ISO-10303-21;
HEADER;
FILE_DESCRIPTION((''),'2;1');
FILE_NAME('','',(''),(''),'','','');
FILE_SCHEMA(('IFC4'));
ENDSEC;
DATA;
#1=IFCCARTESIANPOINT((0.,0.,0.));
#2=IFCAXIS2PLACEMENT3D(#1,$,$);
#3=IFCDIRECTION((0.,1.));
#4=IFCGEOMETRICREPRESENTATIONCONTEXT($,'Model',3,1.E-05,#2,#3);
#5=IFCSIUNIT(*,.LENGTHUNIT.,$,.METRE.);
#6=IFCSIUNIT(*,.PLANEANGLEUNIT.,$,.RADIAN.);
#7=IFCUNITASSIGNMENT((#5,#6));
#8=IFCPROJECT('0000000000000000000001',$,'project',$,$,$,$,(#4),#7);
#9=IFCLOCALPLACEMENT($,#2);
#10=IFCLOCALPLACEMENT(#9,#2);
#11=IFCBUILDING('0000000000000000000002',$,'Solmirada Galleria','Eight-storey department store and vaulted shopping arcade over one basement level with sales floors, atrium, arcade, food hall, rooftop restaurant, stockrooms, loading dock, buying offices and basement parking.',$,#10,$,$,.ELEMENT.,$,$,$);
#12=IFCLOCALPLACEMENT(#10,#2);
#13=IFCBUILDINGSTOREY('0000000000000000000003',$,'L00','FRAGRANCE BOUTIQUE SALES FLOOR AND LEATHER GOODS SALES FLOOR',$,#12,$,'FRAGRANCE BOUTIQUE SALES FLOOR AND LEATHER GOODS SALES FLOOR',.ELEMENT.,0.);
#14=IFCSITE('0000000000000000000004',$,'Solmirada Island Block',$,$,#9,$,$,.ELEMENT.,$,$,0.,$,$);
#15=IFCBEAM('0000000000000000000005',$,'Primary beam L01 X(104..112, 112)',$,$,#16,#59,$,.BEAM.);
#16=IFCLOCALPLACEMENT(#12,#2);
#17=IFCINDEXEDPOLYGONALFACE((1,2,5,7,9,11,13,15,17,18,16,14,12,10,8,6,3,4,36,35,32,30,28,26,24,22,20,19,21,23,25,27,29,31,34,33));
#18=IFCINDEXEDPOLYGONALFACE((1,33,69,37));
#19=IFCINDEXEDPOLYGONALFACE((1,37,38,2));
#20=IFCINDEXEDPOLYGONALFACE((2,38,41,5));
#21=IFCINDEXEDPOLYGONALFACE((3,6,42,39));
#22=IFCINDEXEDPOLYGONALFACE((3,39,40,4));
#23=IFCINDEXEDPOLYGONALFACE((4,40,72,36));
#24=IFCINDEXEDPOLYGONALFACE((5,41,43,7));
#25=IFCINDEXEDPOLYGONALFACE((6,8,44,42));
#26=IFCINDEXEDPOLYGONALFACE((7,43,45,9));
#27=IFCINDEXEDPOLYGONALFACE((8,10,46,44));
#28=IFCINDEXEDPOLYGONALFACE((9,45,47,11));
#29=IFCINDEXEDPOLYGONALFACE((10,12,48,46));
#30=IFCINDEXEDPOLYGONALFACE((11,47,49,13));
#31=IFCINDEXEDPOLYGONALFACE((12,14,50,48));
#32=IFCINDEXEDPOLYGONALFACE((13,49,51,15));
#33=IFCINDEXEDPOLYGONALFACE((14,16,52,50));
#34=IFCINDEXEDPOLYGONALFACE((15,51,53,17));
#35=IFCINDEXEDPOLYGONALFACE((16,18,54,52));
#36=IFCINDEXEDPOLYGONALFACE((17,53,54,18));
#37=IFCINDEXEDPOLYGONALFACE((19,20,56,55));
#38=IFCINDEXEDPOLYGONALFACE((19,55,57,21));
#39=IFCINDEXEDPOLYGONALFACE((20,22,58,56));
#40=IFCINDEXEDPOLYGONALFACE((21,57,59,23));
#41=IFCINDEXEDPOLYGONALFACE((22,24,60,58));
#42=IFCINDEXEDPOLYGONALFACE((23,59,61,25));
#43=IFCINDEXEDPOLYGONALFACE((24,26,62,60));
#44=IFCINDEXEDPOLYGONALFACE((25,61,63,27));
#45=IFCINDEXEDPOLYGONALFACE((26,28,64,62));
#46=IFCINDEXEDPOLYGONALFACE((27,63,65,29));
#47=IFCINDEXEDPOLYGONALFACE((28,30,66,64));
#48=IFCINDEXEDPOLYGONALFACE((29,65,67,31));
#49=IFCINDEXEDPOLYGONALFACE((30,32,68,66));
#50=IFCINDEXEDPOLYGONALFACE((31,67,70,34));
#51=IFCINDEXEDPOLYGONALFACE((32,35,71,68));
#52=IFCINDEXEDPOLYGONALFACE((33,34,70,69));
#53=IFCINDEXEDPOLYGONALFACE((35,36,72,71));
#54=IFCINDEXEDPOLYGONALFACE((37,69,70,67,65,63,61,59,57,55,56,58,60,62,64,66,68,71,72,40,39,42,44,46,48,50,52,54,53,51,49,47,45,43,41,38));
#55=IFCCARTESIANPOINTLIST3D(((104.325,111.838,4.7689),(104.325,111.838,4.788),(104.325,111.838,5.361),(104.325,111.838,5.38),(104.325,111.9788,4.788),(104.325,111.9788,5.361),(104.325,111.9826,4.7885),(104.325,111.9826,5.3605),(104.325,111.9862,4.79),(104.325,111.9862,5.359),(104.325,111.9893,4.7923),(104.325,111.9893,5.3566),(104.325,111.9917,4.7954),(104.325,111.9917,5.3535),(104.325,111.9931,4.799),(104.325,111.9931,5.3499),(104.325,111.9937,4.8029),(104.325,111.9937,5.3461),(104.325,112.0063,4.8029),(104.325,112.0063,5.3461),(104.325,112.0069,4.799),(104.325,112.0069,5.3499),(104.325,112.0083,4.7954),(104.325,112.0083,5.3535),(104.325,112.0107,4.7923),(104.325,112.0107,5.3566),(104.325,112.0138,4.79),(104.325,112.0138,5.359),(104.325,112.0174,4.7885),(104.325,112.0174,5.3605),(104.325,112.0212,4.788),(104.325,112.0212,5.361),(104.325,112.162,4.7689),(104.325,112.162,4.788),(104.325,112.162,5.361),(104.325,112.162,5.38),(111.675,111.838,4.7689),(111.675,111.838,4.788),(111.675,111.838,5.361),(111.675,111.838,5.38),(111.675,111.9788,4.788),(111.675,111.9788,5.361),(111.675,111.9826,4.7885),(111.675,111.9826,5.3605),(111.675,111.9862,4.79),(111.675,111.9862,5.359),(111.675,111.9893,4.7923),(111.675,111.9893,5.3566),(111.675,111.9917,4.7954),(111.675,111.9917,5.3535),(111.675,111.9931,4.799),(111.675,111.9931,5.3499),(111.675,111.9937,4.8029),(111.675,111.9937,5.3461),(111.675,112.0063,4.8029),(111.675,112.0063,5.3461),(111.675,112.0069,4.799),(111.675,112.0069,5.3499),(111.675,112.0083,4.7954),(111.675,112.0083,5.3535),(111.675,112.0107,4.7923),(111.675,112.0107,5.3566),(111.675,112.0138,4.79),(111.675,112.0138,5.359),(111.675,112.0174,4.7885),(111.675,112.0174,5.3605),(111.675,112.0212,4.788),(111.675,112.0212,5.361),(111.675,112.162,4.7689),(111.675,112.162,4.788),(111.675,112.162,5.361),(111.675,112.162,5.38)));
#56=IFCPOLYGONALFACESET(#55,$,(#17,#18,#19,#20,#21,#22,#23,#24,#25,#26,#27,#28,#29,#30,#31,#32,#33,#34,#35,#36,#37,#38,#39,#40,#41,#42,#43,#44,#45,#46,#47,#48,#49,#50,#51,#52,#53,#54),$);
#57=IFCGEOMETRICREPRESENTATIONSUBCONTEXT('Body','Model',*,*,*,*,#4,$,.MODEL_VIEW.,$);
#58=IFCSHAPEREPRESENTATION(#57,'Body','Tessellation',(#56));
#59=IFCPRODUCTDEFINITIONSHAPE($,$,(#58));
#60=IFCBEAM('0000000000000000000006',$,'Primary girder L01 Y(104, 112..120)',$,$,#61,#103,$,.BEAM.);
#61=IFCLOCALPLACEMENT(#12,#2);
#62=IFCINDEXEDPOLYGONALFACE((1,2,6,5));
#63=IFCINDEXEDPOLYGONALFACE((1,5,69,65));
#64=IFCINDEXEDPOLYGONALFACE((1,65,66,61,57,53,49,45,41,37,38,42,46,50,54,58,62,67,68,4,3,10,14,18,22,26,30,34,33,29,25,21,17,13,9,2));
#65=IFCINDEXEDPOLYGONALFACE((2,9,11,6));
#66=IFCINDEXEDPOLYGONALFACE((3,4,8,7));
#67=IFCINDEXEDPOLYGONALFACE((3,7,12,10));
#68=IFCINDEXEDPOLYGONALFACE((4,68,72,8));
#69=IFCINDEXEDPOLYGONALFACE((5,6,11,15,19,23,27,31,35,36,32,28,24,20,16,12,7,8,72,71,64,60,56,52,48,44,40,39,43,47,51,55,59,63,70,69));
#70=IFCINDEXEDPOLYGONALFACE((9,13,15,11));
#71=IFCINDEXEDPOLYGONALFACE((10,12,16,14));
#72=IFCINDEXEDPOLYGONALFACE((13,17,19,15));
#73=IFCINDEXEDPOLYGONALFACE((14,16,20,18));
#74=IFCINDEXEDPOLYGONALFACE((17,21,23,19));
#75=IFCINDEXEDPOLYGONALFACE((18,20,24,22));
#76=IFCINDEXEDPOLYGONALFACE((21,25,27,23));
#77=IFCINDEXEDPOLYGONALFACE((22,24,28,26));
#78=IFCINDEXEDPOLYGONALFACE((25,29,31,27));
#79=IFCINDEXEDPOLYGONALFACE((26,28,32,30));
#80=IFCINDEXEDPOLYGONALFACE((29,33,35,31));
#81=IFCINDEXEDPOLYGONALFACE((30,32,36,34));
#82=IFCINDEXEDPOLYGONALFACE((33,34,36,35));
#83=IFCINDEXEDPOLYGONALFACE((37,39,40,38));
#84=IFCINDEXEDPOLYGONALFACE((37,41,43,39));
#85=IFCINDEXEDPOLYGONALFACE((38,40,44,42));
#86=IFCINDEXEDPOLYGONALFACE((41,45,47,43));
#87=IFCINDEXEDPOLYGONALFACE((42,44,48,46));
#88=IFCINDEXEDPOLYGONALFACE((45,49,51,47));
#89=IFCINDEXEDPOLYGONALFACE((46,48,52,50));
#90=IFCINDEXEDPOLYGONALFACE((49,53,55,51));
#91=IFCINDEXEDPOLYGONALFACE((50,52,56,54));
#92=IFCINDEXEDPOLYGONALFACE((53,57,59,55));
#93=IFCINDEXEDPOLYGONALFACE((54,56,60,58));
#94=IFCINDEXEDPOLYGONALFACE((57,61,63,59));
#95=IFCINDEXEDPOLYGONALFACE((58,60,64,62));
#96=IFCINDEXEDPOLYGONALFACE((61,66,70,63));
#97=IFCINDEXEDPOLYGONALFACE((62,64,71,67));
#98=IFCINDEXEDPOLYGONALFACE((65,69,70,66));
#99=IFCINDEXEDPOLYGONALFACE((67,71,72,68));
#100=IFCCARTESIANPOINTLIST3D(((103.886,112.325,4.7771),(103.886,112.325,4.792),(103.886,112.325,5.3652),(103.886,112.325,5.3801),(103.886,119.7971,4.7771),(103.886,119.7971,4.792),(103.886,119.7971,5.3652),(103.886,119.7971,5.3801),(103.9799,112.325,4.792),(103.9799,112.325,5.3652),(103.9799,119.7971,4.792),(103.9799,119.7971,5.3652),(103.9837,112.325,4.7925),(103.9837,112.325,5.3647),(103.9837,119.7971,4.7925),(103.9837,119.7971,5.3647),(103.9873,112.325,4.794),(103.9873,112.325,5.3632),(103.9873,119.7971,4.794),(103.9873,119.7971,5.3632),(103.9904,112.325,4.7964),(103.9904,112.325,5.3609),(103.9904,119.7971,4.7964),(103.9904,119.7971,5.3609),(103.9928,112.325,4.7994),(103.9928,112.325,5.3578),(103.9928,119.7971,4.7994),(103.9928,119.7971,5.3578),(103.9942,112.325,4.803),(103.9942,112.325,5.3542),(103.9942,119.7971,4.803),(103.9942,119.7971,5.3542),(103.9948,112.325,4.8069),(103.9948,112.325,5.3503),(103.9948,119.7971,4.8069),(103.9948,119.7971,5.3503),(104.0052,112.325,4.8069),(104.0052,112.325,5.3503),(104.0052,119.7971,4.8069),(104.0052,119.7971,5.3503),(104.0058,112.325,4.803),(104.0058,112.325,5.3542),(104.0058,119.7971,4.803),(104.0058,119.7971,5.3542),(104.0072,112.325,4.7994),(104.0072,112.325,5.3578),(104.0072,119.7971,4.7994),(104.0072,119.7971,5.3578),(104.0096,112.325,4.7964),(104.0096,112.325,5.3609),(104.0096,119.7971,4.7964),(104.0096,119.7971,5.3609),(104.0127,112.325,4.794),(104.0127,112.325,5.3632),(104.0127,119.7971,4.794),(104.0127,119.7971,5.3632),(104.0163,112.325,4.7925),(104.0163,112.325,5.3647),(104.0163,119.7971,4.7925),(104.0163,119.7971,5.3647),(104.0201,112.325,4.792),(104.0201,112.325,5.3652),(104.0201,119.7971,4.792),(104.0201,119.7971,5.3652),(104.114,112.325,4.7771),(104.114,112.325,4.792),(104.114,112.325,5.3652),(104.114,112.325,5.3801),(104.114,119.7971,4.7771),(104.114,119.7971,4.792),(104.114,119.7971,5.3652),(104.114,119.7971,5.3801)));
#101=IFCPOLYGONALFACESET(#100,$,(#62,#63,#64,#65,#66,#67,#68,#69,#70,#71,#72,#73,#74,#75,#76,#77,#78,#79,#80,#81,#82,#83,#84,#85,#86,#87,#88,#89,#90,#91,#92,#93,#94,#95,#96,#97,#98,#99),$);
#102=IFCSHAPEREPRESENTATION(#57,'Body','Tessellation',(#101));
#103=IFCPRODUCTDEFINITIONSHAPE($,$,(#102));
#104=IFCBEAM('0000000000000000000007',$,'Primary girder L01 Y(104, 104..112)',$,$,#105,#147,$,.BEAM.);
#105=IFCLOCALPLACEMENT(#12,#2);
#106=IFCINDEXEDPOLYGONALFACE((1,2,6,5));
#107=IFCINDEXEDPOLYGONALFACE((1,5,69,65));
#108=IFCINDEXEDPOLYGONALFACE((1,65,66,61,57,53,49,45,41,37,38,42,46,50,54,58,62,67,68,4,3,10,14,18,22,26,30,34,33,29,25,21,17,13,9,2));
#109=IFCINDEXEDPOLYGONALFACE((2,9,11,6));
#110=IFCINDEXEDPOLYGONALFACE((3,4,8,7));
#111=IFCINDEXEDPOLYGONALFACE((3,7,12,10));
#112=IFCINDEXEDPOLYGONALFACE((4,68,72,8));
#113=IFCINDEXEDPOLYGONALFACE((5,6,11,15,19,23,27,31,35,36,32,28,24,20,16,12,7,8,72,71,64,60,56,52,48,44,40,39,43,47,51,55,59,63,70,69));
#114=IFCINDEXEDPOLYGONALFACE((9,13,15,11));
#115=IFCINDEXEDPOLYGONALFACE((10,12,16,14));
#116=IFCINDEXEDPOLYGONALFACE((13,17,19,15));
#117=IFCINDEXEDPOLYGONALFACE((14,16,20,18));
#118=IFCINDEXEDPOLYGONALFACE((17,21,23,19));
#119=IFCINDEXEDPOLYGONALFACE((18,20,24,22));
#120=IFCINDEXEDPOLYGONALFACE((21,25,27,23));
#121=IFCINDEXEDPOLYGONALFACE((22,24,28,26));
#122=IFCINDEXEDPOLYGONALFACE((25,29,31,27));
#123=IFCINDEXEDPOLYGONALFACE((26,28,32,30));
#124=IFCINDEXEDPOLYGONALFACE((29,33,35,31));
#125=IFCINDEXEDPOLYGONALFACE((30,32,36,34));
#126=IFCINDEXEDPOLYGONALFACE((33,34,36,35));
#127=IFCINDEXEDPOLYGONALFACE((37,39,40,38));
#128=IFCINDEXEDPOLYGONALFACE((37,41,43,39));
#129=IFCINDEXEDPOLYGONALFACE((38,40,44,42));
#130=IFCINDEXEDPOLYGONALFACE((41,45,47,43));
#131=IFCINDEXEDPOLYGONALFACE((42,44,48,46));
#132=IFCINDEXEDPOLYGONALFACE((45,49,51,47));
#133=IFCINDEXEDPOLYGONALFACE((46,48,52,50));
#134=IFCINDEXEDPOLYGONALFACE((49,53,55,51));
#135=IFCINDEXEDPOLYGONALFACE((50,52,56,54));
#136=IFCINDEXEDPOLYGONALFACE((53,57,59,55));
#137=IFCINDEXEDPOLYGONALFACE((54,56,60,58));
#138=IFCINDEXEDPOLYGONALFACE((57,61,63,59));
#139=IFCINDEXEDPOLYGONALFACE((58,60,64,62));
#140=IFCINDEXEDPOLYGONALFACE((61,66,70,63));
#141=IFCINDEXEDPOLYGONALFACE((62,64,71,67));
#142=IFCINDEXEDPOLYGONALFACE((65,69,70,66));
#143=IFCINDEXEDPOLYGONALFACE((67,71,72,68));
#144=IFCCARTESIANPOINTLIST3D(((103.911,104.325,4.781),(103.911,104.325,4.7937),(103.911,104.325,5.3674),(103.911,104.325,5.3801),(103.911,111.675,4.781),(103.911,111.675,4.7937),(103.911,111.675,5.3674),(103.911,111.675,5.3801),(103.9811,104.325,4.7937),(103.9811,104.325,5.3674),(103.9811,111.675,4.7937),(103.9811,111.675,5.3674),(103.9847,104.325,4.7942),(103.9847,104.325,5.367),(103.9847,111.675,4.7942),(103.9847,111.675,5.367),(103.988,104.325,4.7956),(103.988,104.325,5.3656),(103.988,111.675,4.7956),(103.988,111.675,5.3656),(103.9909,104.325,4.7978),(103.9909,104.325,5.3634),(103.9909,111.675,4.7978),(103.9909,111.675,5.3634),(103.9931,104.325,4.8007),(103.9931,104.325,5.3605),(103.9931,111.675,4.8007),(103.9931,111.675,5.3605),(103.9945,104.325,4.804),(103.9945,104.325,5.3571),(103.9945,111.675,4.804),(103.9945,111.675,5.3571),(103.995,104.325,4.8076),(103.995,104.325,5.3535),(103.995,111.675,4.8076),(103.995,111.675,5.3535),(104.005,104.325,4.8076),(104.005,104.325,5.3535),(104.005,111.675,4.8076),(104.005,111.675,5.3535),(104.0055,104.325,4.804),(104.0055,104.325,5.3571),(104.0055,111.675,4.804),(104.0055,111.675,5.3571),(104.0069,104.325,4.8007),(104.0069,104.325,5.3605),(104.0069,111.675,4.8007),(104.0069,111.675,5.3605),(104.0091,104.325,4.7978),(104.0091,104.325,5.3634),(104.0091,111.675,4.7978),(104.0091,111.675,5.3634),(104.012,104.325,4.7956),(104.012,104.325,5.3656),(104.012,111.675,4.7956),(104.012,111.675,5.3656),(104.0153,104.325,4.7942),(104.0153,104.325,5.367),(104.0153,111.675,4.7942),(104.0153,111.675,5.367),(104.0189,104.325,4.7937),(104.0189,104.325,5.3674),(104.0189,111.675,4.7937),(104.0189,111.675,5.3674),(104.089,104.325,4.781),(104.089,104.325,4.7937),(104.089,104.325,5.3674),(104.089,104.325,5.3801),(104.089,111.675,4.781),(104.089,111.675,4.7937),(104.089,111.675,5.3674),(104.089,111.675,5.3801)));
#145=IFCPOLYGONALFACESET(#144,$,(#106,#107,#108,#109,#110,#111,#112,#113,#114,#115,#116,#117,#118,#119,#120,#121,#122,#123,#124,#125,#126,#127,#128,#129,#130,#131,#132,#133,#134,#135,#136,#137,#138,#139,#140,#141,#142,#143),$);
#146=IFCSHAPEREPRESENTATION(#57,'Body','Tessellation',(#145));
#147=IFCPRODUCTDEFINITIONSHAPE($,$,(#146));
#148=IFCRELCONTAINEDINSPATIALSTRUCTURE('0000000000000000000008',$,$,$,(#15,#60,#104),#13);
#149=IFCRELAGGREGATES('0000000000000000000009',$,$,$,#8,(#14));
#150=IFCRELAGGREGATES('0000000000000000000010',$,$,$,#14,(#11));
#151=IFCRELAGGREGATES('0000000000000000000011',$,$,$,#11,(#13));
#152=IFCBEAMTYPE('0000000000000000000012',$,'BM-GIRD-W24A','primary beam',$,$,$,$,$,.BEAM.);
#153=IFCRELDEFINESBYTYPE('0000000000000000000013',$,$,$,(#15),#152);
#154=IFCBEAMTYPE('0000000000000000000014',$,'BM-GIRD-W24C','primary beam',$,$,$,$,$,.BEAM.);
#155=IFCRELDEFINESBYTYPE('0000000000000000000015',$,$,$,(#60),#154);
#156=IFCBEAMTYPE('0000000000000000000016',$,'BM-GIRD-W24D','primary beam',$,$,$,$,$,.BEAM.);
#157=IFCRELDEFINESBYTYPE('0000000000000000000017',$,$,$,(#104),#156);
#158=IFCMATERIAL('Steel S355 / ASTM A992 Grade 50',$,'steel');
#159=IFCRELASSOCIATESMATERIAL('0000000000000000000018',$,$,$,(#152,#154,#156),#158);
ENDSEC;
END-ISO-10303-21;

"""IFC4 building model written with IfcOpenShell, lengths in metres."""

from ifc_helpers import new_model, si_unit, direction, frame, origin, origin_2d, place, context, subcontext, project, spatial, i_section, extrude, material, material_profile, profile_set, type_object, element, save


model = new_model("IFC4")

# Units and contexts
model_context = context("Model", 3, precision=1e-05, world=origin(), true_north=direction((0.0, 1.0)))
body_context = subcontext(model_context, "Body", "Model", "MODEL_VIEW")
ifc_project = project(units=[si_unit("LENGTHUNIT", "METRE"), si_unit("PLANEANGLEUNIT", "RADIAN")], contexts=[model_context])

# Site, building, storey
site_placement = place(None, origin())
site = spatial("IfcSite", under=ifc_project, at=site_placement, Name="Solmirada Island Block", CompositionType="ELEMENT", RefElevation=0.0)
building_placement = place(site_placement, origin())
building = spatial("IfcBuilding", under=site, at=building_placement, Name="Solmirada Galleria", Description="Eight-storey department store and vaulted shopping arcade over one basement level with sales floors, atrium, arcade, food hall, rooftop restaurant, stockrooms, loading dock, buying offices and basement parking.", CompositionType="ELEMENT")
storey_placement = place(building_placement, origin())
storey = spatial("IfcBuildingStorey", under=building, at=storey_placement, Name="L00", Description="FRAGRANCE BOUTIQUE SALES FLOOR AND LEATHER GOODS SALES FLOOR", LongName="FRAGRANCE BOUTIQUE SALES FLOOR AND LEATHER GOODS SALES FLOOR", CompositionType="ELEMENT", Elevation=0.0)

# Beams
ifc_material_1 = material(Name="Steel S355 / ASTM A992 Grade 50", Category="steel")
ifc_material_profile_1 = material_profile(ifc_material_1, i_section(OverallWidth=0.324, OverallDepth=0.6111, WebThickness=0.0127, FlangeThickness=0.019, FilletRadius=0.0149, at=origin_2d()), Name="W24X104")
ifc_profile_set_1 = profile_set([ifc_material_profile_1], Name="Steel S355 / ASTM A992 Grade 50")
beam_type_1 = type_object("IfcBeamType", Name="BM-GIRD-W24A", Description="primary beam", PredefinedType="BEAM", material=ifc_profile_set_1)
beam_1_placement = place(storey_placement, frame((104.325, 112.0, 5.0745), z_axis=(1.0, 0.0, 0.0), x_axis=(0.0, 1.0, 0.0)))
element("IfcBeam", 1, at=beam_1_placement, inside=storey, type_object=beam_type_1, Name="Primary beam L01 X(104..112, 112)", PredefinedType="BEAM", context=body_context, shape_type="SweptSolid", body=[
    extrude(i_section(OverallWidth=0.324, OverallDepth=0.6111, WebThickness=0.0127, FlangeThickness=0.019, FilletRadius=0.0149, at=origin_2d()), origin(), (0.0, 0.0, 1.0), 7.3501),
])
ifc_material_profile_2 = material_profile(ifc_material_1, i_section(OverallWidth=0.228, OverallDepth=0.603, WebThickness=0.0105, FlangeThickness=0.0149, FilletRadius=0.0149, at=origin_2d()), Name="W24X68")
ifc_profile_set_2 = profile_set([ifc_material_profile_2], Name="Steel S355 / ASTM A992 Grade 50")
beam_type_2 = type_object("IfcBeamType", Name="BM-GIRD-W24C", Description="primary beam", PredefinedType="BEAM", material=ifc_profile_set_2)
beam_2_placement = place(storey_placement, frame((104.0, 112.325, 5.0786), z_axis=(0.0, 1.0, 0.0), x_axis=(-1.0, 0.0, 0.0)))
element("IfcBeam", 2, at=beam_2_placement, inside=storey, type_object=beam_type_2, Name="Primary girder L01 Y(104, 112..120)", PredefinedType="BEAM", context=body_context, shape_type="SweptSolid", body=[
    extrude(i_section(OverallWidth=0.228, OverallDepth=0.603, WebThickness=0.0105, FlangeThickness=0.0149, FilletRadius=0.0149, at=origin_2d()), origin(), (0.0, 0.0, 1.0), 7.4722),
])
ifc_material_profile_3 = material_profile(ifc_material_1, i_section(OverallWidth=0.178, OverallDepth=0.5991, WebThickness=0.01, FlangeThickness=0.0127, FilletRadius=0.0139, at=origin_2d()), Name="W24X55")
ifc_profile_set_3 = profile_set([ifc_material_profile_3], Name="Steel S355 / ASTM A992 Grade 50")
beam_type_3 = type_object("IfcBeamType", Name="BM-GIRD-W24D", Description="primary beam", PredefinedType="BEAM", material=ifc_profile_set_3)
beam_3_placement = place(storey_placement, frame((104.0, 104.325, 5.0806), z_axis=(0.0, 1.0, 0.0), x_axis=(-1.0, 0.0, 0.0)))
element("IfcBeam", 3, at=beam_3_placement, inside=storey, type_object=beam_type_3, Name="Primary girder L01 Y(104, 104..112)", PredefinedType="BEAM", context=body_context, shape_type="SweptSolid", body=[
    extrude(i_section(OverallWidth=0.178, OverallDepth=0.5991, WebThickness=0.01, FlangeThickness=0.0127, FilletRadius=0.0139, at=origin_2d()), origin(), (0.0, 0.0, 1.0), 7.3501),
])

save(model, "model.ifc")
